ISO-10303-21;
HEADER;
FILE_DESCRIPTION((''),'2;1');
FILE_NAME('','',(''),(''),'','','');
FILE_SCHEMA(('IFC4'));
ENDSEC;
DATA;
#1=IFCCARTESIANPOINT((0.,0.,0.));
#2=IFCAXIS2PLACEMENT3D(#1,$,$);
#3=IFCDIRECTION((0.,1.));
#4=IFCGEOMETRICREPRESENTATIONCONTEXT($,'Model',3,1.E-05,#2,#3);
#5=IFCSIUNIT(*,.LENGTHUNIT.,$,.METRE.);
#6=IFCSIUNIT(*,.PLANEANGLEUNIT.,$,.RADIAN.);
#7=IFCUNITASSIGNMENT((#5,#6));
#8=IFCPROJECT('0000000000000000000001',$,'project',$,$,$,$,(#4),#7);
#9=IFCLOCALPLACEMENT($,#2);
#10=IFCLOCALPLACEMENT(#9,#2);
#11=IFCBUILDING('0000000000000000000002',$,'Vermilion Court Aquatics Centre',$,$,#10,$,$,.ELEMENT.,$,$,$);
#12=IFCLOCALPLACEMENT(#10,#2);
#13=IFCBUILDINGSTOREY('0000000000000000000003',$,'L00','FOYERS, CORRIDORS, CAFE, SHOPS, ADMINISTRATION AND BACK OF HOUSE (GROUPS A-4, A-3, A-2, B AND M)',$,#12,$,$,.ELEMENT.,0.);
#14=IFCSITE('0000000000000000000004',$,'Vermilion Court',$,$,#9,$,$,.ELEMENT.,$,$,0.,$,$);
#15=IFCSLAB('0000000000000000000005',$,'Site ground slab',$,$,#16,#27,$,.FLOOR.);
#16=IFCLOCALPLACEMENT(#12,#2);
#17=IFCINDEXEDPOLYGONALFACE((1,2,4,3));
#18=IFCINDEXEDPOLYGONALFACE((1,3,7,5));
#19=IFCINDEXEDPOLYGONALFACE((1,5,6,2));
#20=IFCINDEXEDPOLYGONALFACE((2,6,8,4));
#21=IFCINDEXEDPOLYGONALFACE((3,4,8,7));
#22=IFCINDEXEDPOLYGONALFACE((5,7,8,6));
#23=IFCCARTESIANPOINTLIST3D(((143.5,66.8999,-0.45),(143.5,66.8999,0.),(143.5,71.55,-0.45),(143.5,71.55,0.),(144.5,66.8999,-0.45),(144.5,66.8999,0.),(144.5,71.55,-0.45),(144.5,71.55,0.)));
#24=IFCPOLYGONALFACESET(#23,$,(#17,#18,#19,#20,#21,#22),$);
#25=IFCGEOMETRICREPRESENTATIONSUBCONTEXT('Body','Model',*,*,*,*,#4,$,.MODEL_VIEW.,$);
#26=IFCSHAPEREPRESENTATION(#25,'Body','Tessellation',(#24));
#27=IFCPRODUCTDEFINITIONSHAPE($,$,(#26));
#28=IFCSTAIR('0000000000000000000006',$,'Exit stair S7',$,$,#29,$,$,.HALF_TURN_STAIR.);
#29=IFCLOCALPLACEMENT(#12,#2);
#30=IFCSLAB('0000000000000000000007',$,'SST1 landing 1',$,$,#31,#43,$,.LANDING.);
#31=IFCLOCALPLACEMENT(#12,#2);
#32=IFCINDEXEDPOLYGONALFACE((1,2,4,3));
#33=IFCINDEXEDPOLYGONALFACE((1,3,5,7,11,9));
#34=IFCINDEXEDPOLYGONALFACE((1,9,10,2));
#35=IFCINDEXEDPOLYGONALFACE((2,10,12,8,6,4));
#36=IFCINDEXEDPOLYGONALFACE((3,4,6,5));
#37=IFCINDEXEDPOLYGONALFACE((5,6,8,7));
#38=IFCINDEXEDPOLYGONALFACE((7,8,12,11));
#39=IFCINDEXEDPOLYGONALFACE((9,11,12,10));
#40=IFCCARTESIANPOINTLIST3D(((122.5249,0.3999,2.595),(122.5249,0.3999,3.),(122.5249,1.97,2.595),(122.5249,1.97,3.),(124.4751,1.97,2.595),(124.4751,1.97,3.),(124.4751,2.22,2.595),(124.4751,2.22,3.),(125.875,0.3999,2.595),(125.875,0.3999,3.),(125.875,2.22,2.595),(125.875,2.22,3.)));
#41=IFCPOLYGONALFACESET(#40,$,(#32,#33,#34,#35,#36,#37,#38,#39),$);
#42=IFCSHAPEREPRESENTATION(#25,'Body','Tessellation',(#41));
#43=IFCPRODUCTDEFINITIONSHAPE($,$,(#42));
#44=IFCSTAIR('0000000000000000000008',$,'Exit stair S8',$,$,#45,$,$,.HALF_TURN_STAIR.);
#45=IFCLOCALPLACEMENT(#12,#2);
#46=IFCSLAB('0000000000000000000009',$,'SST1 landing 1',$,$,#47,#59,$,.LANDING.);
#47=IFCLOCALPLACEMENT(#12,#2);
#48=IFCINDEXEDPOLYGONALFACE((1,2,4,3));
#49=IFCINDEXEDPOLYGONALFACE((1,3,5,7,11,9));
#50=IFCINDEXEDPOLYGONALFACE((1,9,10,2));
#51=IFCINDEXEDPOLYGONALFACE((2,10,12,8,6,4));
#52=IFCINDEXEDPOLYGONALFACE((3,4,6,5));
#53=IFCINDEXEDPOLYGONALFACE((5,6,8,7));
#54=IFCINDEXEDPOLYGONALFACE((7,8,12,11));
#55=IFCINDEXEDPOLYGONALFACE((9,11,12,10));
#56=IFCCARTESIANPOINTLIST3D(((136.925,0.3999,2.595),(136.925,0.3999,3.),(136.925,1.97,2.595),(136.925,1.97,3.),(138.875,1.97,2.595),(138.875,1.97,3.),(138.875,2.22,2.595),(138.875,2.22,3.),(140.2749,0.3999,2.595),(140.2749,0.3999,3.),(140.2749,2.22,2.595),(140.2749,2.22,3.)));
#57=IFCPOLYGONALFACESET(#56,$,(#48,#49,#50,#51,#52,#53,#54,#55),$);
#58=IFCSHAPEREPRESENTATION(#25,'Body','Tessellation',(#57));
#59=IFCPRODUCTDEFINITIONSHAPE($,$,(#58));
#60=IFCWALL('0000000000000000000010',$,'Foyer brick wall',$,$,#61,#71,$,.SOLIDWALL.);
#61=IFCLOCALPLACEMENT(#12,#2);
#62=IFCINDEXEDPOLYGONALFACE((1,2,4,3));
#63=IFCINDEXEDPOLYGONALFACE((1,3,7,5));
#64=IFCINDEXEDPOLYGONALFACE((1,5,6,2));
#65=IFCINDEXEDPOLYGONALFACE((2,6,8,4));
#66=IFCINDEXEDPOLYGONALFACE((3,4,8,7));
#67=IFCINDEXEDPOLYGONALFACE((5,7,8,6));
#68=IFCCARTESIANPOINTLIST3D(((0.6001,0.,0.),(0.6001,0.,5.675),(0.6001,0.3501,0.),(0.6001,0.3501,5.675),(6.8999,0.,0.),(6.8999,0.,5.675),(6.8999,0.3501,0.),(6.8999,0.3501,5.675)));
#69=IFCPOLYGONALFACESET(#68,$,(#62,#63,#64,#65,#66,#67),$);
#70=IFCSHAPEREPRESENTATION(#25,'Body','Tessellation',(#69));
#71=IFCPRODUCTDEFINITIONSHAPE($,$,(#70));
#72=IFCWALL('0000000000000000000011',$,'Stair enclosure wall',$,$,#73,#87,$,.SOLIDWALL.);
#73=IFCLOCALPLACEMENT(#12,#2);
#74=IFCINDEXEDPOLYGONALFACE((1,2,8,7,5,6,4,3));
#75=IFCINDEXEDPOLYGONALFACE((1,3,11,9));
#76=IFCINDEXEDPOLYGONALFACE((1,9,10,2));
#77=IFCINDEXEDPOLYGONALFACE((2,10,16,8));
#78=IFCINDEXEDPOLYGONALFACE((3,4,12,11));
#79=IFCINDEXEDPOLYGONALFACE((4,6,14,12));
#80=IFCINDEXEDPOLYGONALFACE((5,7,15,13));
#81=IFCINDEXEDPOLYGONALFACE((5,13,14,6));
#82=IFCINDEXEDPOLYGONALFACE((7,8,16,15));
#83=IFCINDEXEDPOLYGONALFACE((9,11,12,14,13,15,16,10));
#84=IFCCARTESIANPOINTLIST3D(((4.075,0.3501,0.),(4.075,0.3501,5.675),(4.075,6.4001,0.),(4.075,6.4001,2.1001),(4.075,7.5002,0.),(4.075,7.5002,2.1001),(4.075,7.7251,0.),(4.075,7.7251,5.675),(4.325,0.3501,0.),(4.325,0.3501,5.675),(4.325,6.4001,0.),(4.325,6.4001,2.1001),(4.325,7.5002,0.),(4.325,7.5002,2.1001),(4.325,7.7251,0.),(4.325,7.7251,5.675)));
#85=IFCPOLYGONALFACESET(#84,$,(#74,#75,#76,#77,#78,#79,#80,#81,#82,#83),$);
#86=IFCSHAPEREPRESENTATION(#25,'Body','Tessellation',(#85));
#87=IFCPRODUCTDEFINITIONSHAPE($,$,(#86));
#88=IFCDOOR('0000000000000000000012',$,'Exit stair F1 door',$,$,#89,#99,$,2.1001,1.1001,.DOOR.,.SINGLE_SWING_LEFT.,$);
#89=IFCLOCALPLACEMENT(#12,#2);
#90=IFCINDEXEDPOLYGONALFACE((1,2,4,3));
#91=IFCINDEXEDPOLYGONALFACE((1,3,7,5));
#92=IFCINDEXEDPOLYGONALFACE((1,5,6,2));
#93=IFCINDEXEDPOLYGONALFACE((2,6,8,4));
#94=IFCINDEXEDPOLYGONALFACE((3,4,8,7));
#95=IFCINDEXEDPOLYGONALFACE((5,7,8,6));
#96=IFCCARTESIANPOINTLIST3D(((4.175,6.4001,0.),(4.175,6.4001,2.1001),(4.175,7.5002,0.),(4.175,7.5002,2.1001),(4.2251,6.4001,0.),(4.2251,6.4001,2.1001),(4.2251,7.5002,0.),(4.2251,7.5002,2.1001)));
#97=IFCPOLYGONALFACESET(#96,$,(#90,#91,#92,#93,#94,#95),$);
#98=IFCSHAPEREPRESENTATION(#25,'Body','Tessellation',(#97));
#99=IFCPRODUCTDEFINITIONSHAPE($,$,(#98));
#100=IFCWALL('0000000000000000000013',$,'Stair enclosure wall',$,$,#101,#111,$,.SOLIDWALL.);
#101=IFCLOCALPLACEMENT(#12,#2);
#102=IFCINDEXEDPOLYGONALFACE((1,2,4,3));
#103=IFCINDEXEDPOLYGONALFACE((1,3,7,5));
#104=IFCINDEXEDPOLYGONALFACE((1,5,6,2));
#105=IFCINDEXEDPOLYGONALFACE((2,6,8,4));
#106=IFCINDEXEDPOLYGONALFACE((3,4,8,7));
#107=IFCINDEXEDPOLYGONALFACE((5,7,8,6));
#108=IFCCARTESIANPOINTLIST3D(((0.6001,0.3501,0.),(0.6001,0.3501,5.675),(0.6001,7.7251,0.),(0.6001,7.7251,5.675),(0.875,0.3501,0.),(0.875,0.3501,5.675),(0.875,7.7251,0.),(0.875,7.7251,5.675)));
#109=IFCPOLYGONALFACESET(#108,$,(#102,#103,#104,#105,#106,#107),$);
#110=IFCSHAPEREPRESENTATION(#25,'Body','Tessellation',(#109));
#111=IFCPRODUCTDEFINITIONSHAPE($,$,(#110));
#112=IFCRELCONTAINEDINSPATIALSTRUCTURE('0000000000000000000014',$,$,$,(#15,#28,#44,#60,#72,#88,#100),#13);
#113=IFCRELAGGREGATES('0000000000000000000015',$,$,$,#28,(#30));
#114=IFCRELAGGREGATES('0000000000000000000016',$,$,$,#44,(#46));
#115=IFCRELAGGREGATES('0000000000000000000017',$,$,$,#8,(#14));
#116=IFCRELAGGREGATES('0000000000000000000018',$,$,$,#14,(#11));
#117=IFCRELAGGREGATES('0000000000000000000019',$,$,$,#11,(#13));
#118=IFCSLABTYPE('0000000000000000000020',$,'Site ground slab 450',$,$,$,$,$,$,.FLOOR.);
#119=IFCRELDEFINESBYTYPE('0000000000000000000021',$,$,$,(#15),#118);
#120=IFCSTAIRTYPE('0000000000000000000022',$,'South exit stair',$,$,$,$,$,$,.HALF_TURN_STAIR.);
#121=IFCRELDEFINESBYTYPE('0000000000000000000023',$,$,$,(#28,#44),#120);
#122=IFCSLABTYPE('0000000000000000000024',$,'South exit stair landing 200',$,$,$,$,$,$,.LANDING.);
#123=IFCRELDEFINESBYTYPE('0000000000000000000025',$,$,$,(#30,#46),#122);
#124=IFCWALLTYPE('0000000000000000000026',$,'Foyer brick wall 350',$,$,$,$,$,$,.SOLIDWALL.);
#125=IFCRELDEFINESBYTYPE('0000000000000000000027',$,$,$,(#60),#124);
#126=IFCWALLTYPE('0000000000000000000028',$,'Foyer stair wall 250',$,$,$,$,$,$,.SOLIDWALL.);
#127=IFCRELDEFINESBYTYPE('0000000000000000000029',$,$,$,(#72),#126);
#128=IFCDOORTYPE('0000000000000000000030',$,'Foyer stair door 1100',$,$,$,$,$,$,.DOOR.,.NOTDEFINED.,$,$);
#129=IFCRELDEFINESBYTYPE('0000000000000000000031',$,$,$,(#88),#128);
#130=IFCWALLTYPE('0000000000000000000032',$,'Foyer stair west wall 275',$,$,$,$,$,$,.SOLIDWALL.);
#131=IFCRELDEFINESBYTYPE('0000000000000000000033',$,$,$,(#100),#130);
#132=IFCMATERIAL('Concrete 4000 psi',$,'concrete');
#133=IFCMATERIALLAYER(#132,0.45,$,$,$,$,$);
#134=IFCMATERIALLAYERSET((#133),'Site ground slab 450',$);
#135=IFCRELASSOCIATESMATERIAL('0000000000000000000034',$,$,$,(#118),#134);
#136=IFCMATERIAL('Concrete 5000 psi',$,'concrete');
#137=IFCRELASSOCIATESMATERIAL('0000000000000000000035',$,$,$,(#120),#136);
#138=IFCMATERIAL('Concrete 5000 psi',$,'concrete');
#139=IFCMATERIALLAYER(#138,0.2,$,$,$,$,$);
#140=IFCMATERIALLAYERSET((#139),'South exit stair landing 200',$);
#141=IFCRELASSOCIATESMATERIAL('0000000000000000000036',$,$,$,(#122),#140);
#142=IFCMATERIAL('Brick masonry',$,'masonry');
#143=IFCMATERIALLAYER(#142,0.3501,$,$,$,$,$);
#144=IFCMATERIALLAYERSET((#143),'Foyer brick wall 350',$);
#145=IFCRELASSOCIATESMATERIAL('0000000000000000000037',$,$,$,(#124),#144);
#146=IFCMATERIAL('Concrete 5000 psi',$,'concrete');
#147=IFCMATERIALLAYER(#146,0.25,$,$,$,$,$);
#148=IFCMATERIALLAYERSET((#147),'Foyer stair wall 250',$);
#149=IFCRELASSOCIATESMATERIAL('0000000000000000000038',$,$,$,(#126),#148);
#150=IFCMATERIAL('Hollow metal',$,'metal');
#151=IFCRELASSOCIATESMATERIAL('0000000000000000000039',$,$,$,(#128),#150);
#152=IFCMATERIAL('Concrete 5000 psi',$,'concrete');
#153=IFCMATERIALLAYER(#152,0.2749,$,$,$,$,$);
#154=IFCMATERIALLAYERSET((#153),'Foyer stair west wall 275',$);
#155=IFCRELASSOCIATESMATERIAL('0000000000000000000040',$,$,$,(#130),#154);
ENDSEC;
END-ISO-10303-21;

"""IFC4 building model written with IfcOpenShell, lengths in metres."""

from ifc_helpers import new_model, si_unit, direction, frame, frame_2d, origin, place, context, subcontext, project, spatial, polyline, rectangle, outline, extrude, material, layer, layer_set, type_object, element, fill, aggregate, save


model = new_model("IFC4")

# Units and contexts
model_context = context("Model", 3, precision=1e-05, world=origin(), true_north=direction((0.0, 1.0)))
body_context = subcontext(model_context, "Body", "Model", "MODEL_VIEW")
ifc_project = project(units=[si_unit("LENGTHUNIT", "METRE"), si_unit("PLANEANGLEUNIT", "RADIAN")], contexts=[model_context])

# Site, building, storey
site_placement = place(None, origin())
site = spatial("IfcSite", under=ifc_project, at=site_placement, Name="Vermilion Court", CompositionType="ELEMENT", RefElevation=0.0)
building_placement = place(site_placement, origin())
building = spatial("IfcBuilding", under=site, at=building_placement, Name="Vermilion Court Aquatics Centre", CompositionType="ELEMENT")
storey_placement = place(building_placement, origin())
storey = spatial("IfcBuildingStorey", under=building, at=storey_placement, Name="L00", Description="FOYERS, CORRIDORS, CAFE, SHOPS, ADMINISTRATION AND BACK OF HOUSE (GROUPS A-4, A-3, A-2, B AND M)", CompositionType="ELEMENT", Elevation=0.0)

# Slab
ifc_material_1 = material(Name="Concrete 4000 psi", Category="concrete")
ifc_layer_1 = layer(ifc_material_1, 0.45)
ifc_layer_set_1 = layer_set([ifc_layer_1], Name="Site ground slab 450")
slab_type_1 = type_object("IfcSlabType", Name="Site ground slab 450", PredefinedType="FLOOR", material=ifc_layer_set_1)
slab_1_placement = place(storey_placement, frame((0.0, 0.0, -0.45)))
element("IfcSlab", 1, at=slab_1_placement, inside=storey, type_object=slab_type_1, Name="Site ground slab", PredefinedType="FLOOR", context=body_context, shape_type="SweptSolid", body=[
    extrude(outline(polyline([(144.5, 66.8999), (143.5, 66.8999), (143.5, 71.55), (144.5, 71.55), (144.5, 66.8999)])), origin(), (0.0, 0.0, 1.0), 0.45),
])

# Stairs, slabs
ifc_material_2 = material(Name="Concrete 5000 psi", Category="concrete")
stair_type_1 = type_object("IfcStairType", Name="South exit stair", PredefinedType="HALF_TURN_STAIR", material=ifc_material_2)
stair_1_placement = place(storey_placement, origin())
stair_1 = element("IfcStair", 2, at=stair_1_placement, inside=storey, type_object=stair_type_1, Name="Exit stair S7", PredefinedType="HALF_TURN_STAIR")
ifc_material_3 = material(Name="Concrete 5000 psi", Category="concrete")
ifc_layer_2 = layer(ifc_material_3, 0.2)
ifc_layer_set_2 = layer_set([ifc_layer_2], Name="South exit stair landing 200")
slab_type_2 = type_object("IfcSlabType", Name="South exit stair landing 200", PredefinedType="LANDING", material=ifc_layer_set_2)
slab_2_placement = place(storey_placement, frame((0.0, 0.0, 2.595)))
slab_2 = element("IfcSlab", 3, at=slab_2_placement, type_object=slab_type_2, Name="SST1 landing 1", PredefinedType="LANDING", context=body_context, shape_type="SweptSolid", body=[
    extrude(outline(polyline([(122.5249, 0.3999), (125.875, 0.3999), (125.875, 2.22), (124.4751, 2.22), (124.4751, 1.97), (122.5249, 1.97), (122.5249, 0.3999)])), origin(), (0.0, 0.0, 1.0), 0.405),
])
aggregate(stair_1, [slab_2])
stair_2_placement = place(storey_placement, origin())
stair_2 = element("IfcStair", 4, at=stair_2_placement, inside=storey, type_object=stair_type_1, Name="Exit stair S8", PredefinedType="HALF_TURN_STAIR")
slab_3_placement = place(storey_placement, frame((0.0, 0.0, 2.595)))
slab_3 = element("IfcSlab", 5, at=slab_3_placement, type_object=slab_type_2, Name="SST1 landing 1", PredefinedType="LANDING", context=body_context, shape_type="SweptSolid", body=[
    extrude(outline(polyline([(136.925, 0.3999), (140.2749, 0.3999), (140.2749, 2.22), (138.875, 2.22), (138.875, 1.97), (136.925, 1.97), (136.925, 0.3999)])), origin(), (0.0, 0.0, 1.0), 0.405),
])
aggregate(stair_2, [slab_3])

# Wall
ifc_material_4 = material(Name="Brick masonry", Category="masonry")
ifc_layer_3 = layer(ifc_material_4, 0.3501)
ifc_layer_set_3 = layer_set([ifc_layer_3], Name="Foyer brick wall 350")
wall_type_1 = type_object("IfcWallType", Name="Foyer brick wall 350", PredefinedType="SOLIDWALL", material=ifc_layer_set_3)
wall_1_placement = place(storey_placement, frame((0.6001, 0.175, 0.0), z_axis=(0.0, 0.0, 1.0), x_axis=(1.0, 0.0, 0.0)))
element("IfcWall", 6, at=wall_1_placement, inside=storey, type_object=wall_type_1, Name="Foyer brick wall", PredefinedType="SOLIDWALL", context=body_context, shape_type="SweptSolid", body=[
    extrude(rectangle(XDim=6.2998, YDim=0.3501, at=frame_2d((3.1499, 0.0))), origin(), (0.0, 0.0, 1.0), 5.675),
])

# Wall, opening, door
ifc_material_5 = material(Name="Concrete 5000 psi", Category="concrete")
ifc_layer_4 = layer(ifc_material_5, 0.25)
ifc_layer_set_4 = layer_set([ifc_layer_4], Name="Foyer stair wall 250")
wall_type_2 = type_object("IfcWallType", Name="Foyer stair wall 250", PredefinedType="SOLIDWALL", material=ifc_layer_set_4)
wall_2_placement = place(storey_placement, frame((4.2, 0.3501, 0.0), z_axis=(0.0, 0.0, 1.0), x_axis=(0.0, 1.0, 0.0)))
wall_2 = element("IfcWall", 7, at=wall_2_placement, inside=storey, type_object=wall_type_2, Name="Stair enclosure wall", PredefinedType="SOLIDWALL", context=body_context, shape_type="SweptSolid", body=[
    extrude(rectangle(XDim=7.375, YDim=0.25, at=frame_2d((3.6875, 0.0))), origin(), (0.0, 0.0, 1.0), 5.675),
])
opening_placement = place(wall_2_placement, frame((6.05, 0.0, 0.0)))
opening = element("IfcOpeningElement", 8, at=opening_placement, cuts=wall_2, PredefinedType="OPENING", context=body_context, shape_type="SweptSolid", body=[
    extrude(rectangle(XDim=1.1001, YDim=2.1001, at=frame_2d((0.55, 1.05))), frame((0.0, 0.135, 0.0), z_axis=(0.0, -1.0, 0.0), x_axis=(1.0, 0.0, 0.0)), (0.0, 0.0, 1.0), 0.27),
])
ifc_material_6 = material(Name="Hollow metal", Category="metal")
door_type = type_object("IfcDoorType", Name="Foyer stair door 1100", OperationType="NOTDEFINED", PredefinedType="DOOR", material=ifc_material_6)
door_placement = place(opening_placement, frame((1.1001, 0.0, 0.0), z_axis=(0.0, 0.0, 1.0), x_axis=(-1.0, 0.0, 0.0)))
door = element("IfcDoor", 9, at=door_placement, inside=storey, type_object=door_type, Name="Exit stair F1 door", OperationType="SINGLE_SWING_LEFT", OverallHeight=2.1001, OverallWidth=1.1001, PredefinedType="DOOR", context=body_context, shape_type="SweptSolid", body=[
    extrude(rectangle(XDim=1.1001, YDim=2.1001, at=frame_2d((0.55, 1.05))), frame((0.0, 0.0251, 0.0), z_axis=(0.0, -1.0, 0.0), x_axis=(1.0, 0.0, 0.0)), (0.0, 0.0, 1.0), 0.05),
])
fill(opening, door)

# Wall
ifc_material_7 = material(Name="Concrete 5000 psi", Category="concrete")
ifc_layer_5 = layer(ifc_material_7, 0.2749)
ifc_layer_set_5 = layer_set([ifc_layer_5], Name="Foyer stair west wall 275")
wall_type_3 = type_object("IfcWallType", Name="Foyer stair west wall 275", PredefinedType="SOLIDWALL", material=ifc_layer_set_5)
wall_3_placement = place(storey_placement, frame((0.7375, 0.3501, 0.0), z_axis=(0.0, 0.0, 1.0), x_axis=(0.0, 1.0, 0.0)))
element("IfcWall", 10, at=wall_3_placement, inside=storey, type_object=wall_type_3, Name="Stair enclosure wall", PredefinedType="SOLIDWALL", context=body_context, shape_type="SweptSolid", body=[
    extrude(rectangle(XDim=7.375, YDim=0.2749, at=frame_2d((3.6875, 0.0))), origin(), (0.0, 0.0, 1.0), 5.675),
])

save(model, "model.ifc")
